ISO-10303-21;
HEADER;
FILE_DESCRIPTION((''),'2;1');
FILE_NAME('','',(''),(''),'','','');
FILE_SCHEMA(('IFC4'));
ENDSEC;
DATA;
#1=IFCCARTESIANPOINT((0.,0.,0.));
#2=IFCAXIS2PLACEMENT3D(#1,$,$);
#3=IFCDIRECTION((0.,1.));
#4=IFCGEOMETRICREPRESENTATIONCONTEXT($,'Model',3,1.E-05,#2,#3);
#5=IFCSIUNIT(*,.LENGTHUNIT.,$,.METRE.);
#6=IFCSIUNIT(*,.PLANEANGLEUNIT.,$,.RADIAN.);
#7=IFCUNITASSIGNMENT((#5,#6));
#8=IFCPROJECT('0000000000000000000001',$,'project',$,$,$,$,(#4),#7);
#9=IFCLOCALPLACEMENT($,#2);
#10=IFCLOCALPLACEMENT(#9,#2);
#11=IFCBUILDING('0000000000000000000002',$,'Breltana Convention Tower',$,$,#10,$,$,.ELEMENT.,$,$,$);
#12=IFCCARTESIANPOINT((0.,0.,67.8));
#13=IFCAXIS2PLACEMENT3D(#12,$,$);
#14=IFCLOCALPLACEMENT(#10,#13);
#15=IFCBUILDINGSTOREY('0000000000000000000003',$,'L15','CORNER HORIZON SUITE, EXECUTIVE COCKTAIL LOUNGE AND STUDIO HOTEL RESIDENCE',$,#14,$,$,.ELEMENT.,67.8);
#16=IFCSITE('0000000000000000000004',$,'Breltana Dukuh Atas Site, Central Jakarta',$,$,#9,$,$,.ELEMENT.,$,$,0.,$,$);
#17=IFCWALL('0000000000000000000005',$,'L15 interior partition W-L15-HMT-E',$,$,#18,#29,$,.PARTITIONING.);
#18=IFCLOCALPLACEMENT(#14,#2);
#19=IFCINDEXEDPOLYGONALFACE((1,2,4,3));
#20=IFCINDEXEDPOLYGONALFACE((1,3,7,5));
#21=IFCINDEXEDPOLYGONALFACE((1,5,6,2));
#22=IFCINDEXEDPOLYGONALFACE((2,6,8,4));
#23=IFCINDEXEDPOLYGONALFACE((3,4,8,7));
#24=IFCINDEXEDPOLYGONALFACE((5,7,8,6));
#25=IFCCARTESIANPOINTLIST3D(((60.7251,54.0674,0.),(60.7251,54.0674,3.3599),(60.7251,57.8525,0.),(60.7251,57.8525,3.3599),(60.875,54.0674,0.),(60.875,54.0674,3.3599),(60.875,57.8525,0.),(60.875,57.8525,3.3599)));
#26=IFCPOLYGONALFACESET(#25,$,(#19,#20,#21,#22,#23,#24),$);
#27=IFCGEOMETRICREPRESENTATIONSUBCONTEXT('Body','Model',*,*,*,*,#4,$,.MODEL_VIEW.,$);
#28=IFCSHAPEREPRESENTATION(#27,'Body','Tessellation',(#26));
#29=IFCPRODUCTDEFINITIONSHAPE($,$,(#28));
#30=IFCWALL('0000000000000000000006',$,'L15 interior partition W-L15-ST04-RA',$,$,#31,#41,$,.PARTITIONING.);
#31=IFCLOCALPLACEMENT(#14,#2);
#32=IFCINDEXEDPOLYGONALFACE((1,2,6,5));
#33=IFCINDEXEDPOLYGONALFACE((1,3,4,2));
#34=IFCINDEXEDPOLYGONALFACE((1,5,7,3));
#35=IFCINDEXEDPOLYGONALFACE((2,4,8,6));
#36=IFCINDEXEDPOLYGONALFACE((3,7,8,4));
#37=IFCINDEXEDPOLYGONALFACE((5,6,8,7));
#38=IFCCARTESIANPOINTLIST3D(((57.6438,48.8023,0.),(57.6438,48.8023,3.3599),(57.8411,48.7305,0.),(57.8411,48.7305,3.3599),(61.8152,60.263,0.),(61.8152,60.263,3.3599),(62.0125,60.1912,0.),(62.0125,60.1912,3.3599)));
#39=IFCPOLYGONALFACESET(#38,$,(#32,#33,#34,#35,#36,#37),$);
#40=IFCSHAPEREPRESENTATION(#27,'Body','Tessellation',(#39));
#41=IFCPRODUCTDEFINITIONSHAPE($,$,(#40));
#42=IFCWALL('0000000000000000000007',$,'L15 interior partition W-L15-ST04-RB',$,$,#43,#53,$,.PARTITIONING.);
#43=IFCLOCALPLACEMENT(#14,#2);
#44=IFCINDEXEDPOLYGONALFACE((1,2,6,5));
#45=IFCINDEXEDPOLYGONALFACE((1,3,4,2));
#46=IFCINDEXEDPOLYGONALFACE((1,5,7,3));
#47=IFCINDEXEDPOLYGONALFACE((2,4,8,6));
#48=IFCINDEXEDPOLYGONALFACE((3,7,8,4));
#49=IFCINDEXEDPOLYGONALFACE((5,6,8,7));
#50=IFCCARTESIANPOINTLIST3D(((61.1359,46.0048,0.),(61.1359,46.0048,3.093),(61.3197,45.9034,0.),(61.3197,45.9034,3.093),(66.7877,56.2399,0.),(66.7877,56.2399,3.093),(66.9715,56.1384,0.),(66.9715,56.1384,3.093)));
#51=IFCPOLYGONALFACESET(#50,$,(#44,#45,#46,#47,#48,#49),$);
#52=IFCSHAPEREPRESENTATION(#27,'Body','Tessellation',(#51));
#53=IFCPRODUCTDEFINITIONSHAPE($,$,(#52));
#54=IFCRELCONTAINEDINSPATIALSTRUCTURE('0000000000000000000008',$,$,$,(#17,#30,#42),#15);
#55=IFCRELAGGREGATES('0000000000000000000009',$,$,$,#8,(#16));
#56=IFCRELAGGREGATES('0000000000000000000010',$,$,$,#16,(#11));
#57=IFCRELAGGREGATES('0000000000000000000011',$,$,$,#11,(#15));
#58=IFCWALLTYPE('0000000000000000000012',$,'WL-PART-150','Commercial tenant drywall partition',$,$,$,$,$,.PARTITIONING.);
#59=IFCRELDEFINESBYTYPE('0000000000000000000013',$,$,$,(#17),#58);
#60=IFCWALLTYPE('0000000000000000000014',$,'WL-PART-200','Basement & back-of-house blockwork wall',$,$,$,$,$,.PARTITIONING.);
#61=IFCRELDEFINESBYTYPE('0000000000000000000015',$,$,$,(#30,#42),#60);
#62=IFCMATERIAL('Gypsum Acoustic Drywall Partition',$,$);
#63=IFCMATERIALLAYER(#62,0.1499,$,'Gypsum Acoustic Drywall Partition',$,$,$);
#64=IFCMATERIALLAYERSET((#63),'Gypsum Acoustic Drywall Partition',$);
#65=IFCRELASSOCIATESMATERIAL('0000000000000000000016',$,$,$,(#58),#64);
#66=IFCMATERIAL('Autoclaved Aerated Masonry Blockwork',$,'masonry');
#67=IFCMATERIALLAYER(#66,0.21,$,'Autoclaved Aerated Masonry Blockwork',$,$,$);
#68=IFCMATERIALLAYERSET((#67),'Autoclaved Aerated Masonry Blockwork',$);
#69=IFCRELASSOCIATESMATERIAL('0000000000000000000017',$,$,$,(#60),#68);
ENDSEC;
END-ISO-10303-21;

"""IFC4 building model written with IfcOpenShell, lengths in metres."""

from ifc_helpers import new_model, si_unit, direction, frame, frame_2d, origin, place, context, subcontext, project, spatial, rectangle, extrude, source, transform, mapped, material, layer, layer_set, type_object, element, save


model = new_model("IFC4")

# Units and contexts
model_context = context("Model", 3, precision=1e-05, world=origin(), true_north=direction((0.0, 1.0)))
body_context = subcontext(model_context, "Body", "Model", "MODEL_VIEW")
ifc_project = project(units=[si_unit("LENGTHUNIT", "METRE"), si_unit("PLANEANGLEUNIT", "RADIAN")], contexts=[model_context])

# Site, building, storey
site_placement = place(None, origin())
site = spatial("IfcSite", under=ifc_project, at=site_placement, Name="Breltana Dukuh Atas Site, Central Jakarta", CompositionType="ELEMENT", RefElevation=0.0)
building_placement = place(site_placement, origin())
building = spatial("IfcBuilding", under=site, at=building_placement, Name="Breltana Convention Tower", CompositionType="ELEMENT")
storey_placement = place(building_placement, frame((0.0, 0.0, 67.8)))
storey = spatial("IfcBuildingStorey", under=building, at=storey_placement, Name="L15", Description="CORNER HORIZON SUITE, EXECUTIVE COCKTAIL LOUNGE AND STUDIO HOTEL RESIDENCE", CompositionType="ELEMENT", Elevation=67.8)

# Walls
ifc_material_1 = material(Name="Gypsum Acoustic Drywall Partition")
ifc_layer_1 = layer(ifc_material_1, 0.1499, Name="Gypsum Acoustic Drywall Partition")
ifc_layer_set_1 = layer_set([ifc_layer_1], Name="Gypsum Acoustic Drywall Partition")
wall_type_1 = type_object("IfcWallType", Name="WL-PART-150", Description="Commercial tenant drywall partition", PredefinedType="PARTITIONING", material=ifc_layer_set_1)
shared_shape_1 = source(origin(), body_context, "Body", "SweptSolid", [
    extrude(rectangle(XDim=3.7852, YDim=0.1499, at=frame_2d((1.8926, 0.0))), origin(), (0.0, 0.0, 1.0), 3.3599),
])
wall_1_placement = place(storey_placement, frame((60.8, 54.0674, 0.0), z_axis=(0.0, 0.0, 1.0), x_axis=(0.0, 1.0, 0.0)))
element("IfcWall", 1, at=wall_1_placement, inside=storey, type_object=wall_type_1, Name="L15 interior partition W-L15-HMT-E", PredefinedType="PARTITIONING", context=body_context, shape_type="MappedRepresentation", body=[
    mapped(shared_shape_1, transform((0.0, 0.0, 0.0), scale=1.0)),
])
ifc_material_2 = material(Name="Autoclaved Aerated Masonry Blockwork", Category="masonry")
ifc_layer_2 = layer(ifc_material_2, 0.21, Name="Autoclaved Aerated Masonry Blockwork")
ifc_layer_set_2 = layer_set([ifc_layer_2], Name="Autoclaved Aerated Masonry Blockwork")
wall_type_2 = type_object("IfcWallType", Name="WL-PART-200", Description="Basement & back-of-house blockwork wall", PredefinedType="PARTITIONING", material=ifc_layer_set_2)
shared_shape_2 = source(origin(), body_context, "Body", "SweptSolid", [
    extrude(rectangle(XDim=12.1963, YDim=0.21, at=frame_2d((6.0981, 0.0))), origin(), (0.0, 0.0, 1.0), 3.3599),
])
wall_2_placement = place(storey_placement, frame((57.7424, 48.7664, 0.0), z_axis=(0.0, 0.0, 1.0), x_axis=(0.342023, 0.939692, 0.0)))
element("IfcWall", 2, at=wall_2_placement, inside=storey, type_object=wall_type_2, Name="L15 interior partition W-L15-ST04-RA", PredefinedType="PARTITIONING", context=body_context, shape_type="MappedRepresentation", body=[
    mapped(shared_shape_2, transform((0.0, 0.0, 0.0), scale=1.0)),
])
shared_shape_3 = source(origin(), body_context, "Body", "SweptSolid", [
    extrude(rectangle(XDim=11.6919, YDim=0.21, at=frame_2d((5.8459, 0.0))), origin(), (0.0, 0.0, 1.0), 3.093),
])
wall_3_placement = place(storey_placement, frame((61.2278, 45.9541, 0.0), z_axis=(0.0, 0.0, 1.0), x_axis=(0.483399, 0.8754, 0.0)))
element("IfcWall", 3, at=wall_3_placement, inside=storey, type_object=wall_type_2, Name="L15 interior partition W-L15-ST04-RB", PredefinedType="PARTITIONING", context=body_context, shape_type="MappedRepresentation", body=[
    mapped(shared_shape_3, transform((0.0, 0.0, 0.0), scale=1.0)),
])

save(model, "model.ifc")
